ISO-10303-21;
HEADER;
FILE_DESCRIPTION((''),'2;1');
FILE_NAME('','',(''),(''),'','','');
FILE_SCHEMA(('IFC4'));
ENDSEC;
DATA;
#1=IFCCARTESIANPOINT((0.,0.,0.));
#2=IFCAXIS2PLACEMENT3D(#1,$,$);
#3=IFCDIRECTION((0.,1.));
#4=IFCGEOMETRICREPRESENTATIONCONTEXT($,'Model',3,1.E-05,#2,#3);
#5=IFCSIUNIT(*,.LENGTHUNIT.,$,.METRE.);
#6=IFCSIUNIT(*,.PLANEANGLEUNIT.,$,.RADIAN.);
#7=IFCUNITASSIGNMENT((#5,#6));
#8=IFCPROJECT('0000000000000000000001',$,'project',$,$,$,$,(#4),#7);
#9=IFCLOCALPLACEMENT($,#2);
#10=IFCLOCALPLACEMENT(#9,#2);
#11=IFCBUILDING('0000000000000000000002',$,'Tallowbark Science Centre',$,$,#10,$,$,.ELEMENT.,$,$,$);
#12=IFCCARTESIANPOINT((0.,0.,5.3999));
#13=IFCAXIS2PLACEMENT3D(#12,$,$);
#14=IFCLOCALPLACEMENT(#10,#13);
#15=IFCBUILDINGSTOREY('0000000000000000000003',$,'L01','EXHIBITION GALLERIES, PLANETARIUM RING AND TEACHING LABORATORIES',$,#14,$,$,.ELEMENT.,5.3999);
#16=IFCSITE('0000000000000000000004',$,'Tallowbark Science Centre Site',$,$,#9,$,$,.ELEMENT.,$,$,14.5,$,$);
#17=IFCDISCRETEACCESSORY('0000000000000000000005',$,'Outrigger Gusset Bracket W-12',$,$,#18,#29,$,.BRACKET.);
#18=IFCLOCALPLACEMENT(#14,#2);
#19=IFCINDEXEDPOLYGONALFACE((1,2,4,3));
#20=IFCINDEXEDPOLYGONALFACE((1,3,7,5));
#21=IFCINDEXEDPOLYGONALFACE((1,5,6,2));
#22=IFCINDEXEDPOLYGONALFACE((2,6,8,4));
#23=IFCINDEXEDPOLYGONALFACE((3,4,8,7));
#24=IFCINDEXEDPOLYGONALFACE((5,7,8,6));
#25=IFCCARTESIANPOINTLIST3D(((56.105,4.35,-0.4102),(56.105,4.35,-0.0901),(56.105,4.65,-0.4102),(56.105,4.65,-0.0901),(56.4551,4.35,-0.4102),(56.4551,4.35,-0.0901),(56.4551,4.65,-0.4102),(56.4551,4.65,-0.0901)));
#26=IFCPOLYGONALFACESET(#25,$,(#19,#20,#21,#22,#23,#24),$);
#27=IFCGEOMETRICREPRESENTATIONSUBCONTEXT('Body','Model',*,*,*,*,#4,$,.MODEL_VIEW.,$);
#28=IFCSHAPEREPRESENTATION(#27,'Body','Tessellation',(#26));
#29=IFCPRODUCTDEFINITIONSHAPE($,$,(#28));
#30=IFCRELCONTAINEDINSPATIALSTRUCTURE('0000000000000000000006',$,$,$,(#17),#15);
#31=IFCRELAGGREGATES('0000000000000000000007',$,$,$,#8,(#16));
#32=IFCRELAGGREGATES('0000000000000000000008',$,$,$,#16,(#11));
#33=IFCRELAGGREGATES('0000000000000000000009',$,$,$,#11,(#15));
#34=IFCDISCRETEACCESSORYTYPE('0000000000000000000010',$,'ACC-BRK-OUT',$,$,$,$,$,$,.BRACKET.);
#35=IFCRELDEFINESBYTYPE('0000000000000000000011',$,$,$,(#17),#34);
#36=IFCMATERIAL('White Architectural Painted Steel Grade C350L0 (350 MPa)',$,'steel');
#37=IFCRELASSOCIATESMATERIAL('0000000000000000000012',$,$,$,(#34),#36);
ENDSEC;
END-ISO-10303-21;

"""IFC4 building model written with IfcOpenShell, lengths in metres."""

from ifc_helpers import new_model, si_unit, direction, frame, origin, origin_2d, place, context, subcontext, project, spatial, rectangle, extrude, material, type_object, element, save


model = new_model("IFC4")

# Units and contexts
model_context = context("Model", 3, precision=1e-05, world=origin(), true_north=direction((0.0, 1.0)))
body_context = subcontext(model_context, "Body", "Model", "MODEL_VIEW")
ifc_project = project(units=[si_unit("LENGTHUNIT", "METRE"), si_unit("PLANEANGLEUNIT", "RADIAN")], contexts=[model_context])

# Site, building, storey
site_placement = place(None, origin())
site = spatial("IfcSite", under=ifc_project, at=site_placement, Name="Tallowbark Science Centre Site", CompositionType="ELEMENT", RefElevation=14.5)
building_placement = place(site_placement, origin())
building = spatial("IfcBuilding", under=site, at=building_placement, Name="Tallowbark Science Centre", CompositionType="ELEMENT")
storey_placement = place(building_placement, frame((0.0, 0.0, 5.3999)))
storey = spatial("IfcBuildingStorey", under=building, at=storey_placement, Name="L01", Description="EXHIBITION GALLERIES, PLANETARIUM RING AND TEACHING LABORATORIES", CompositionType="ELEMENT", Elevation=5.3999)

# Shared definitions
ifc_material_1 = material(Name="White Architectural Painted Steel Grade C350L0 (350 MPa)", Category="steel")

# Discrete accessory
discrete_accessory_type = type_object("IfcDiscreteAccessoryType", Name="ACC-BRK-OUT", PredefinedType="BRACKET", material=ifc_material_1)
discrete_accessory_1_placement = place(storey_placement, frame((56.28, 4.5, -0.4102), z_axis=(0.0, 0.0, 1.0), x_axis=(1.0, 0.0, 0.0)))
element("IfcDiscreteAccessory", 1, at=discrete_accessory_1_placement, inside=storey, type_object=discrete_accessory_type, Name="Outrigger Gusset Bracket W-12", PredefinedType="BRACKET", context=body_context, shape_type="SweptSolid", body=[
    extrude(rectangle(XDim=0.3501, YDim=0.3, at=origin_2d()), origin(), (0.0, 0.0, 1.0), 0.3201),
])

save(model, "model.ifc")
